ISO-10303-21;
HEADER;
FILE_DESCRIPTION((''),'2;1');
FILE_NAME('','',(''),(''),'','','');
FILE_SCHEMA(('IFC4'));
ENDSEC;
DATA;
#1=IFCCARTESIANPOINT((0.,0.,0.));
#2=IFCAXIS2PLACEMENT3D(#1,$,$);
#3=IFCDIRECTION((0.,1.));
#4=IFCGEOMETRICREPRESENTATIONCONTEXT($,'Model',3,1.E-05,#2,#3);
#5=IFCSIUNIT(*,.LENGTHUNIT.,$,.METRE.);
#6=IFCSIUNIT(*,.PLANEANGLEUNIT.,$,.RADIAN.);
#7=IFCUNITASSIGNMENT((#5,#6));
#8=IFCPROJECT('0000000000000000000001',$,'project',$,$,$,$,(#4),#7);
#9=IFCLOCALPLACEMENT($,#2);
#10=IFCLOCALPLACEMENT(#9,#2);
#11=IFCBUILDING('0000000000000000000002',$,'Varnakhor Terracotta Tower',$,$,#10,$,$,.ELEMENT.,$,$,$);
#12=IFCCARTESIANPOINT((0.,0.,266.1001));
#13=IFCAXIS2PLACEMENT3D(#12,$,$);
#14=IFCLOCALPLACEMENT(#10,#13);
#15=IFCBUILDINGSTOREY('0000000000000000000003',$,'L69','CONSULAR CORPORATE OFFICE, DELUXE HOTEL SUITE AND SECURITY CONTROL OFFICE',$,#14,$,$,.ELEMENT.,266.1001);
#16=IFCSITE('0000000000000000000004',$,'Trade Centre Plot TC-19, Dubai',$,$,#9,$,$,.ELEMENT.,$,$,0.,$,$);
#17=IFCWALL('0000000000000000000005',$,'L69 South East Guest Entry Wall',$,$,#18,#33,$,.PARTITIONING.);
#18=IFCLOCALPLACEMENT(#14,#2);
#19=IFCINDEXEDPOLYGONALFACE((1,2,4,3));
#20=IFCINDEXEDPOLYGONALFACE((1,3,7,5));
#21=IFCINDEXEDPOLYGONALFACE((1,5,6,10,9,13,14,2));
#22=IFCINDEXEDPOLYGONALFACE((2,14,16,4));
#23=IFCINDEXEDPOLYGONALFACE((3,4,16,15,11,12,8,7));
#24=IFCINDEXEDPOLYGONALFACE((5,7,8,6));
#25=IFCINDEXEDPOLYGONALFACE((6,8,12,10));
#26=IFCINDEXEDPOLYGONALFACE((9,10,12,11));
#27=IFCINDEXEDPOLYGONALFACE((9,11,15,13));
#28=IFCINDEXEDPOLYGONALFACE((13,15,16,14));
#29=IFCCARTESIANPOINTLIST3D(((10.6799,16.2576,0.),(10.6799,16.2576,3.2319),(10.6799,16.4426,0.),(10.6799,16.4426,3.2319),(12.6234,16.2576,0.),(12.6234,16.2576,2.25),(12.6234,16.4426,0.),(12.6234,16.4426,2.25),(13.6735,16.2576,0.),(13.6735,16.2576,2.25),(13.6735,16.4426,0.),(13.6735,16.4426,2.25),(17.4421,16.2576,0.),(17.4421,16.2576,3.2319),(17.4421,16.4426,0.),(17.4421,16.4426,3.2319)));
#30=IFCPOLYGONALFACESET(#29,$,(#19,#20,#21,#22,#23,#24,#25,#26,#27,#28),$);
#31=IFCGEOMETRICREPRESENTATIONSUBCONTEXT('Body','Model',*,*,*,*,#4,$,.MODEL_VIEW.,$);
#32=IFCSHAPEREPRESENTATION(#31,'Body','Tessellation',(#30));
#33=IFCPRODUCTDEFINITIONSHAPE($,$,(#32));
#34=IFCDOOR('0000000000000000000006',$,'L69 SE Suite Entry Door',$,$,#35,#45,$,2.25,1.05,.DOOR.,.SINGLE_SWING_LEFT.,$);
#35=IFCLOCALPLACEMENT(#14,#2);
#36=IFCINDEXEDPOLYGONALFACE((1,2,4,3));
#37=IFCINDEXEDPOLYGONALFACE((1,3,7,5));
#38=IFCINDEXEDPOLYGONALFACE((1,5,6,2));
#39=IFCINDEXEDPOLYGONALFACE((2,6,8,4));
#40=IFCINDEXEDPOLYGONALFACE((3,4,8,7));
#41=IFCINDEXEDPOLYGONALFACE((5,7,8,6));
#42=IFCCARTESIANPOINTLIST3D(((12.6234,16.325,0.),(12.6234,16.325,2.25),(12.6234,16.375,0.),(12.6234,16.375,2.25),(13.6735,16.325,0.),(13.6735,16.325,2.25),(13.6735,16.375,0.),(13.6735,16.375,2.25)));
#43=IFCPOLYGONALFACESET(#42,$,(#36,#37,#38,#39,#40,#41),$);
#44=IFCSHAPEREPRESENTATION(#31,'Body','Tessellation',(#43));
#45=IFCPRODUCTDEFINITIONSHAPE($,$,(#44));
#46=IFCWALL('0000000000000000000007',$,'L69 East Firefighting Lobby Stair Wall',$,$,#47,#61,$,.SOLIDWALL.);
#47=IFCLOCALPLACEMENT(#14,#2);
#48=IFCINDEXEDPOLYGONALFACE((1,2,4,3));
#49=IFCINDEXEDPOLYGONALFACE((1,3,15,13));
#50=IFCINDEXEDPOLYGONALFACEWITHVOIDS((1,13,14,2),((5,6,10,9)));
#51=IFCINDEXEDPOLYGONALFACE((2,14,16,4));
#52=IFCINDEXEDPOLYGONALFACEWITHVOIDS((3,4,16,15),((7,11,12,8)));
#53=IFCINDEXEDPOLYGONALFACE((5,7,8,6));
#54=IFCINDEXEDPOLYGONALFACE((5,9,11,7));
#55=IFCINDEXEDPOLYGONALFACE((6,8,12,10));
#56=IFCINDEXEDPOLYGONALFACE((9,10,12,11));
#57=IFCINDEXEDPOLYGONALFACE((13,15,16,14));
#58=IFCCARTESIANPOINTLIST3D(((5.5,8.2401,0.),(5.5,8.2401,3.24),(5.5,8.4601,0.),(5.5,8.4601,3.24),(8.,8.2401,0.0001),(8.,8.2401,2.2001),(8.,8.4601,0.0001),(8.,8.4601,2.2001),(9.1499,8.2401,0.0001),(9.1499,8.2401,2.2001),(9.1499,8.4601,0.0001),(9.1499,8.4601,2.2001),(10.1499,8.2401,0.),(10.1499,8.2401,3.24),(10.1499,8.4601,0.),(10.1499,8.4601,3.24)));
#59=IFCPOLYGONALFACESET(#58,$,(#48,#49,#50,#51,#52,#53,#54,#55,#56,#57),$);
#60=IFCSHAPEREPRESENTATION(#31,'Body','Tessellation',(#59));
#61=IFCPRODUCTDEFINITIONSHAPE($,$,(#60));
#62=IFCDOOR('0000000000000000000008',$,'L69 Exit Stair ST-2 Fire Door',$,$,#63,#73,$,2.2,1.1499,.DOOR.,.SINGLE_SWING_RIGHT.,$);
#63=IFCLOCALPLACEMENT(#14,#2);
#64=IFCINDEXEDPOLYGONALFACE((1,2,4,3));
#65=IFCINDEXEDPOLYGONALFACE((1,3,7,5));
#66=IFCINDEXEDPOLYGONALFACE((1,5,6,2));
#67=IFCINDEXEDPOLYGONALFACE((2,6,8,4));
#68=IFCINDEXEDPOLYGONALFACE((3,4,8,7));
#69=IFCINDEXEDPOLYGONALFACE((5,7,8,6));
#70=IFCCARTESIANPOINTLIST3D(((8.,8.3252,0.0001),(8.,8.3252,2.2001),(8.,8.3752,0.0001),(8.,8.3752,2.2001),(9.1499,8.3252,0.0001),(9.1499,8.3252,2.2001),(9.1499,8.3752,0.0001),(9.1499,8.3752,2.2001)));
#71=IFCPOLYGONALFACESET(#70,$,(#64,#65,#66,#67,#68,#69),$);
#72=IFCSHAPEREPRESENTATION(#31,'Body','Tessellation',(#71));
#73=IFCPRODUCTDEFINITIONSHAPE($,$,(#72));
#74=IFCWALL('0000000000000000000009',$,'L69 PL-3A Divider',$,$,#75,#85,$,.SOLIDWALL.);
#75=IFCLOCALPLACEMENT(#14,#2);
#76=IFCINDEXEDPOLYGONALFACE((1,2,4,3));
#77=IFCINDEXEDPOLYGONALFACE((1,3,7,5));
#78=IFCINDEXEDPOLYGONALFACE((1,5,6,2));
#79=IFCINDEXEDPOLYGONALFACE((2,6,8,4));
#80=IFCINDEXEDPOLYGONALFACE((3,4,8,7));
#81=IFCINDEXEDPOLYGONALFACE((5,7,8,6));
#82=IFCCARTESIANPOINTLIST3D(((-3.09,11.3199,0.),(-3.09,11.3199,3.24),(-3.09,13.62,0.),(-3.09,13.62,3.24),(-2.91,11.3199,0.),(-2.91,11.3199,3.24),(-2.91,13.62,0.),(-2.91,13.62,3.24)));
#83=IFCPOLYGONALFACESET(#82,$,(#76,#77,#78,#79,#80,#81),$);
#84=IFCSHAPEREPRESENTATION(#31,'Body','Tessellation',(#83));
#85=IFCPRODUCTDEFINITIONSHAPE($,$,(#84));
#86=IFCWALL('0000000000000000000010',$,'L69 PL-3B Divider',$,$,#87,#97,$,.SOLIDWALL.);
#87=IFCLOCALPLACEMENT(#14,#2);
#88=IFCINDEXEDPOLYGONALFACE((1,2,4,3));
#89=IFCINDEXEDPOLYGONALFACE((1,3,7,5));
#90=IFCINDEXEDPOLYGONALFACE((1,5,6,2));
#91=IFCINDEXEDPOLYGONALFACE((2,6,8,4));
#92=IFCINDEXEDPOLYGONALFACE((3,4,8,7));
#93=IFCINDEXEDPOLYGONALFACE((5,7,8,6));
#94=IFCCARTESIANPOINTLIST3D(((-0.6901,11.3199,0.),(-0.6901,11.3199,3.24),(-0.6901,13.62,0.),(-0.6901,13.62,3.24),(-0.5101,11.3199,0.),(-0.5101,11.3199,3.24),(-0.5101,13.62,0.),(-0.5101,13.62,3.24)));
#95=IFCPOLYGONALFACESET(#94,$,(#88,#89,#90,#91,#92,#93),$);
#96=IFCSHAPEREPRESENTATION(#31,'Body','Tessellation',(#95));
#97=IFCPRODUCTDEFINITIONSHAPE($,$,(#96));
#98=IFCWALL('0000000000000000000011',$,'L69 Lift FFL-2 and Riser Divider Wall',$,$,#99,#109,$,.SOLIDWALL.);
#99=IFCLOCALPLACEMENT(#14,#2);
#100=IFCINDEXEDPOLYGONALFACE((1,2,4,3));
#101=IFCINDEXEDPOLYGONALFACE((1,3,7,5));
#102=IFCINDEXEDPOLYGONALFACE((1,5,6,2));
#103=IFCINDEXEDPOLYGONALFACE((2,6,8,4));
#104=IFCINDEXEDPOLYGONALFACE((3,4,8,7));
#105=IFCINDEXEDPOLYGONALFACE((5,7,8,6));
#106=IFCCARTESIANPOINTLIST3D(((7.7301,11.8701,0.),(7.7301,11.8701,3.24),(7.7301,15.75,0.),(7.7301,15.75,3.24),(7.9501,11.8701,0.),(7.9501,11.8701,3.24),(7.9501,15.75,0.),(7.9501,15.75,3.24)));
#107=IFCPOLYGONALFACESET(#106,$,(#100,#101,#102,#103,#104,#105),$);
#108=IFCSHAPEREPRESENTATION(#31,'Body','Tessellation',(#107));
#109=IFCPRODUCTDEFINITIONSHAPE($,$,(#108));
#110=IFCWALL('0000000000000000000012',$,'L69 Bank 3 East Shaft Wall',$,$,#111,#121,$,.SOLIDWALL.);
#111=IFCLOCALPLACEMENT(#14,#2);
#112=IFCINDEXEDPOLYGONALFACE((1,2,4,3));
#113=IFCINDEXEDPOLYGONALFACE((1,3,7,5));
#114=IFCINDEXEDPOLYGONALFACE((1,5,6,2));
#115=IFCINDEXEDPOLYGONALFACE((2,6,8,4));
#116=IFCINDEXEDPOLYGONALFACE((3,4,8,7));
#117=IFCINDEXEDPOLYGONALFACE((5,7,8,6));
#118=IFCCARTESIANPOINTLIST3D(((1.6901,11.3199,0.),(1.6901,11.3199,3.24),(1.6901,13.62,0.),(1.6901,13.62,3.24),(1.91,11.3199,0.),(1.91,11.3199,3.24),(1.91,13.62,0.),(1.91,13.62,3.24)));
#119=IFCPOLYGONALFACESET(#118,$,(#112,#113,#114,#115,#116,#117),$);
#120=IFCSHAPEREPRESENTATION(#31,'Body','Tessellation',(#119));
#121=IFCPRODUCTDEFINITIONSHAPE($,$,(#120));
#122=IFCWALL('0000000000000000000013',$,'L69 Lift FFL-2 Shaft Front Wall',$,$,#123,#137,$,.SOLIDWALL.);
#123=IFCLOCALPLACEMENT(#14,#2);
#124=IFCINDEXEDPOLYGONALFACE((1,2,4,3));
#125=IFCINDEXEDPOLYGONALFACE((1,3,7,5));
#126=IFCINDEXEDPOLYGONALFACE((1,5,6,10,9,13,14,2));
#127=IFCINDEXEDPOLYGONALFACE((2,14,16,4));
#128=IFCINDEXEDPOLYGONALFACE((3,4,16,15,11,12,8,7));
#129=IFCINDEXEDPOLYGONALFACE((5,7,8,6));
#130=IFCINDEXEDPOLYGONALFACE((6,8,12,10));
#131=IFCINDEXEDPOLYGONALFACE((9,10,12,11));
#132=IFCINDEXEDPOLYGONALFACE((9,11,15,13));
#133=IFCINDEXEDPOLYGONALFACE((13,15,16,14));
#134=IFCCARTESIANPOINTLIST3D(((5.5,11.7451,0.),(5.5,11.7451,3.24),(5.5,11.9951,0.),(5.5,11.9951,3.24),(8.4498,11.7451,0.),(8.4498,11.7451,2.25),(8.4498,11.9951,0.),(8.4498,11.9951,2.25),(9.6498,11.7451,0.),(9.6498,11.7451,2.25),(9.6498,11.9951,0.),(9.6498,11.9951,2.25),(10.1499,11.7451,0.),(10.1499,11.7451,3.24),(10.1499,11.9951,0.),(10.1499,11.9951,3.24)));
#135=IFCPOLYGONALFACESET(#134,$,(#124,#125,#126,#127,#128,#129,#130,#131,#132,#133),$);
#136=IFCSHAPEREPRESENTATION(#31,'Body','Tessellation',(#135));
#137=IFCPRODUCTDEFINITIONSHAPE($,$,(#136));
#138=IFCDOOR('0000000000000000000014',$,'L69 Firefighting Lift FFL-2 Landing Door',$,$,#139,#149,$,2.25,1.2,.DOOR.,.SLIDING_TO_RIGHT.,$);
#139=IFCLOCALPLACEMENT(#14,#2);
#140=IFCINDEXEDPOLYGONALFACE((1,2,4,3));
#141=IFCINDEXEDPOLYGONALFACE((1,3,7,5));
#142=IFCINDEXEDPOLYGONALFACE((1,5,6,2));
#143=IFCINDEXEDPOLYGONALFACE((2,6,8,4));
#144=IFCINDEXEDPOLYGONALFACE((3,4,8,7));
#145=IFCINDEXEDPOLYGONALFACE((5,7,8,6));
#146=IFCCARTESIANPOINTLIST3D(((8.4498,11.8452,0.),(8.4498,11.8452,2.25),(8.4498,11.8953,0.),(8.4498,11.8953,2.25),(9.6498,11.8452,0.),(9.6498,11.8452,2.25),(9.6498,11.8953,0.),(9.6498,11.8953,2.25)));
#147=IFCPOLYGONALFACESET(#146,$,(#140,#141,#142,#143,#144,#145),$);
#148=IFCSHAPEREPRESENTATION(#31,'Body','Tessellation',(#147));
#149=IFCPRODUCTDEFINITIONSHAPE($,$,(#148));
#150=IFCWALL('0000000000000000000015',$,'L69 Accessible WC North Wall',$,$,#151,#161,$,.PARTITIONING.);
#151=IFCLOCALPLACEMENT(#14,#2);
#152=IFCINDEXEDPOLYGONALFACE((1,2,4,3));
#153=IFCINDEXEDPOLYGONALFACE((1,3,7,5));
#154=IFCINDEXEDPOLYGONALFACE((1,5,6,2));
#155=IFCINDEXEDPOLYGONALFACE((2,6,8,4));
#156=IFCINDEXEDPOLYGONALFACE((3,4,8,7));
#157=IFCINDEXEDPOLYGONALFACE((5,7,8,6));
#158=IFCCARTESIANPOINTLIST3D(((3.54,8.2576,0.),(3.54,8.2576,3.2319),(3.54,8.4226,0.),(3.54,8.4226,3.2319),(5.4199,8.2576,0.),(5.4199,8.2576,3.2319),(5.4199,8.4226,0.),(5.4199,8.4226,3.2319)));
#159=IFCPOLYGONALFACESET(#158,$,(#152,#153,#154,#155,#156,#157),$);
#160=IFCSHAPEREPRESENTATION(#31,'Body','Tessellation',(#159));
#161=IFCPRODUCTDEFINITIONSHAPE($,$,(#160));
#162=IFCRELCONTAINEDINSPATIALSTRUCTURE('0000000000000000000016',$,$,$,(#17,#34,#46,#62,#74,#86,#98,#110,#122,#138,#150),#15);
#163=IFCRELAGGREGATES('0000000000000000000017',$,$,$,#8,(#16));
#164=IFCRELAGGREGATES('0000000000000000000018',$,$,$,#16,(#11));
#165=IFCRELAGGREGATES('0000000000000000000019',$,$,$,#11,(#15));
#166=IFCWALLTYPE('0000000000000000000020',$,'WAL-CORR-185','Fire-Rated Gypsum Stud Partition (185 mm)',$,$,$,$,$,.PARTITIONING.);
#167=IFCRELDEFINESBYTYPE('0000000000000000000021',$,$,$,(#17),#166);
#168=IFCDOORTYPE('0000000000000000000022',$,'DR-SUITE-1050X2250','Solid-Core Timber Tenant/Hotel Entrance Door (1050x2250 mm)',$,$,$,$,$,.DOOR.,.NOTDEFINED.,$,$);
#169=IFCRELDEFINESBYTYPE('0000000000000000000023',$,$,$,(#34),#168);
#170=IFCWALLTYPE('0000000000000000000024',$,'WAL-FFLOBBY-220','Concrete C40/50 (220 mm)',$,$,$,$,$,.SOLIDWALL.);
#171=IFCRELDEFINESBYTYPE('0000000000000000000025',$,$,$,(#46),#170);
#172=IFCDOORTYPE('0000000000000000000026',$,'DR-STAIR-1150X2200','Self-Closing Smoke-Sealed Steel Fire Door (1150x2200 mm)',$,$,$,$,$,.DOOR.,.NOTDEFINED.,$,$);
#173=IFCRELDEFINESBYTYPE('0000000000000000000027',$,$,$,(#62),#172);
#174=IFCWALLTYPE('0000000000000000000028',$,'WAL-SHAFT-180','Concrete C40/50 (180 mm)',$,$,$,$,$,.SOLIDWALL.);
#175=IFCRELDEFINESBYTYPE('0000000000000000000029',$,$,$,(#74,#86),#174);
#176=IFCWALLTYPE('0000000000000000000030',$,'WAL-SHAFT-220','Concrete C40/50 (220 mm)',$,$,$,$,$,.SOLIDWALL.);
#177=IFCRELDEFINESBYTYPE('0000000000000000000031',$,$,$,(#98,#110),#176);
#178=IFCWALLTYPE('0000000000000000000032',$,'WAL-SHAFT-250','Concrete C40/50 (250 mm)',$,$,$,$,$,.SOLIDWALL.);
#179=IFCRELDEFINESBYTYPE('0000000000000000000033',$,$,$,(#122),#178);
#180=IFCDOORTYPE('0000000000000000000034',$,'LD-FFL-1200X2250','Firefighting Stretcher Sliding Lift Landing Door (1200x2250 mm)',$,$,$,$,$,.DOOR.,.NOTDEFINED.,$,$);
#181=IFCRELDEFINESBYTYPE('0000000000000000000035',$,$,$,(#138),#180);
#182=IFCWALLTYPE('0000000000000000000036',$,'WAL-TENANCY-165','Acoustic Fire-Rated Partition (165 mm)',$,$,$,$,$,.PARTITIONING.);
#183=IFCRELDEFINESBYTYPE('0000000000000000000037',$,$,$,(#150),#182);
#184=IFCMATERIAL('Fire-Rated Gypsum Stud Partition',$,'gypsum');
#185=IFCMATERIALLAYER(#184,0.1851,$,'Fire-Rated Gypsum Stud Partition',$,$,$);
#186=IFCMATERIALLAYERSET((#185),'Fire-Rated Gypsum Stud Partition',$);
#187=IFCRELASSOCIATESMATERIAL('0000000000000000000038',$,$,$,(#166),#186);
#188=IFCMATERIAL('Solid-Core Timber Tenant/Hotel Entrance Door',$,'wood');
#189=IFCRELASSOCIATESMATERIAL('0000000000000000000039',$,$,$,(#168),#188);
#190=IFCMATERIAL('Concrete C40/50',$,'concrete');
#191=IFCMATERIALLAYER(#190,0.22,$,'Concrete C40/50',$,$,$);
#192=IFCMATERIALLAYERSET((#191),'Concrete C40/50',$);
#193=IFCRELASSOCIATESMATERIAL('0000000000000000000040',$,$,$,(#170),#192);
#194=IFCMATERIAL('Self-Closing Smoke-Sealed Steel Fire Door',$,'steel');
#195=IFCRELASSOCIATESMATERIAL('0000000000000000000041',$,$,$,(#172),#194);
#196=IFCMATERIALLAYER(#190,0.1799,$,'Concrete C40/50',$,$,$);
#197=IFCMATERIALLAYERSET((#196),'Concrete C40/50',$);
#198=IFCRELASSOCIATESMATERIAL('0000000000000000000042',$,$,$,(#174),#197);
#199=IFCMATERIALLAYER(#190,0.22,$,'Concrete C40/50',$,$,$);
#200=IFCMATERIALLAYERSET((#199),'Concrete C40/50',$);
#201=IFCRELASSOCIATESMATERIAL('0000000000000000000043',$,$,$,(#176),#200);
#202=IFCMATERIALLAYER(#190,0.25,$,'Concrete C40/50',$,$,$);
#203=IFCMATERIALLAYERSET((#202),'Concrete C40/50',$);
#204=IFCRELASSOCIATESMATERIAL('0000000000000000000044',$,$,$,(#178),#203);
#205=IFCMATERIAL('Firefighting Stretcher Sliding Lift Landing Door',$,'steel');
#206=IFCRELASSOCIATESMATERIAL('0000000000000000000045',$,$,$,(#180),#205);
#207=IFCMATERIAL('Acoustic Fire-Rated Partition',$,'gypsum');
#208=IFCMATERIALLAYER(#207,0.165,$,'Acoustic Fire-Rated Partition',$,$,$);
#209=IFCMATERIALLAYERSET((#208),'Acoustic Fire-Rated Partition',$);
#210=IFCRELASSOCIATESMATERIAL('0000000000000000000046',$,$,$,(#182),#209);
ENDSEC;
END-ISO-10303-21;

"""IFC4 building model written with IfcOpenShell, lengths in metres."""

from ifc_helpers import new_model, si_unit, direction, frame, frame_2d, origin, place, context, subcontext, project, spatial, rectangle, extrude, source, transform, mapped, material, layer, layer_set, type_object, type_shapes, element, fill, save


model = new_model("IFC4")

# Units and contexts
model_context = context("Model", 3, precision=1e-05, world=origin(), true_north=direction((0.0, 1.0)))
body_context = subcontext(model_context, "Body", "Model", "MODEL_VIEW")
ifc_project = project(units=[si_unit("LENGTHUNIT", "METRE"), si_unit("PLANEANGLEUNIT", "RADIAN")], contexts=[model_context])

# Site, building, storey
site_placement = place(None, origin())
site = spatial("IfcSite", under=ifc_project, at=site_placement, Name="Trade Centre Plot TC-19, Dubai", CompositionType="ELEMENT", RefElevation=0.0)
building_placement = place(site_placement, origin())
building = spatial("IfcBuilding", under=site, at=building_placement, Name="Varnakhor Terracotta Tower", CompositionType="ELEMENT")
storey_placement = place(building_placement, frame((0.0, 0.0, 266.1001)))
storey = spatial("IfcBuildingStorey", under=building, at=storey_placement, Name="L69", Description="CONSULAR CORPORATE OFFICE, DELUXE HOTEL SUITE AND SECURITY CONTROL OFFICE", CompositionType="ELEMENT", Elevation=266.1001)

# Shared definitions
ifc_material_1 = material(Name="Fire-Rated Gypsum Stud Partition", Category="gypsum")
ifc_layer_1 = layer(ifc_material_1, 0.1851, Name="Fire-Rated Gypsum Stud Partition")
ifc_layer_set_1 = layer_set([ifc_layer_1], Name="Fire-Rated Gypsum Stud Partition")
wall_type_1 = type_object("IfcWallType", Name="WAL-CORR-185", Description="Fire-Rated Gypsum Stud Partition (185 mm)", PredefinedType="PARTITIONING", material=ifc_layer_set_1)

# Walls, openings, doors
ifc_material_2 = material(Name="Solid-Core Timber Tenant/Hotel Entrance Door", Category="wood")
door_type_1 = type_object("IfcDoorType", Name="DR-SUITE-1050X2250", Description="Solid-Core Timber Tenant/Hotel Entrance Door (1050x2250 mm)", OperationType="NOTDEFINED", PredefinedType="DOOR", material=ifc_material_2)
shared_shape_1 = source(origin(), body_context, "Body", "SweptSolid", [
    extrude(rectangle(XDim=1.05, YDim=2.25, at=frame_2d((0.5249, 1.125))), frame((0.0, 0.0249, 0.0), z_axis=(0.0, -1.0, 0.0), x_axis=(1.0, 0.0, 0.0)), (0.0, 0.0, 1.0), 0.05),
])
type_shapes(door_type_1, [shared_shape_1])
wall_1_placement = place(storey_placement, frame((10.6799, 16.3501, 0.0), z_axis=(0.0, 0.0, 1.0), x_axis=(1.0, 0.0, 0.0)))
wall_1 = element("IfcWall", 1, at=wall_1_placement, inside=storey, type_object=wall_type_1, Name="L69 South East Guest Entry Wall", PredefinedType="PARTITIONING", context=body_context, shape_type="SweptSolid", body=[
    extrude(rectangle(XDim=6.7622, YDim=0.1851, at=frame_2d((3.3811, 0.0))), origin(), (0.0, 0.0, 1.0), 3.2319),
])
opening_1_placement = place(wall_1_placement, frame((1.9436, 0.0, 0.0)))
opening_1 = element("IfcOpeningElement", 2, at=opening_1_placement, cuts=wall_1, PredefinedType="OPENING", context=body_context, shape_type="SweptSolid", body=[
    extrude(rectangle(XDim=1.05, YDim=2.25, at=frame_2d((0.5249, 1.125))), frame((0.0, 0.1025, 0.0), z_axis=(0.0, -1.0, 0.0), x_axis=(1.0, 0.0, 0.0)), (0.0, 0.0, 1.0), 0.2051),
])
door_1_placement = place(opening_1_placement, origin())
door_1 = element("IfcDoor", 3, at=door_1_placement, inside=storey, type_object=door_type_1, Name="L69 SE Suite Entry Door", OperationType="SINGLE_SWING_LEFT", OverallHeight=2.25, OverallWidth=1.05, PredefinedType="DOOR", context=body_context, shape_type="MappedRepresentation", body=[
    mapped(shared_shape_1, transform((0.0, 0.0, 0.0), scale=1.0)),
])
fill(opening_1, door_1)
ifc_material_3 = material(Name="Concrete C40/50", Category="concrete")
ifc_layer_2 = layer(ifc_material_3, 0.22, Name="Concrete C40/50")
ifc_layer_set_2 = layer_set([ifc_layer_2], Name="Concrete C40/50")
wall_type_2 = type_object("IfcWallType", Name="WAL-FFLOBBY-220", Description="Concrete C40/50 (220 mm)", PredefinedType="SOLIDWALL", material=ifc_layer_set_2)
wall_2_placement = place(storey_placement, frame((10.1499, 8.3501, 0.0), z_axis=(0.0, 0.0, 1.0), x_axis=(-1.0, 0.0, 0.0)))
wall_2 = element("IfcWall", 4, at=wall_2_placement, inside=storey, type_object=wall_type_2, Name="L69 East Firefighting Lobby Stair Wall", PredefinedType="SOLIDWALL", context=body_context, shape_type="SweptSolid", body=[
    extrude(rectangle(XDim=4.6499, YDim=0.22, at=frame_2d((2.325, 0.0))), origin(), (0.0, 0.0, 1.0), 3.24),
])
opening_2_placement = place(wall_2_placement, frame((1.0, 0.0, 0.0)))
opening_2 = element("IfcOpeningElement", 5, at=opening_2_placement, cuts=wall_2, PredefinedType="OPENING", context=body_context, shape_type="SweptSolid", body=[
    extrude(rectangle(XDim=1.1499, YDim=2.2, at=frame_2d((0.575, 1.1001))), frame((0.0, 0.1201, 0.0), z_axis=(0.0, -1.0, 0.0), x_axis=(1.0, 0.0, 0.0)), (0.0, 0.0, 1.0), 0.24),
])
ifc_material_4 = material(Name="Self-Closing Smoke-Sealed Steel Fire Door", Category="steel")
door_type_2 = type_object("IfcDoorType", Name="DR-STAIR-1150X2200", Description="Self-Closing Smoke-Sealed Steel Fire Door (1150x2200 mm)", OperationType="NOTDEFINED", PredefinedType="DOOR", material=ifc_material_4)
shared_shape_2 = source(origin(), body_context, "Body", "SweptSolid", [
    extrude(rectangle(XDim=1.1499, YDim=2.2, at=frame_2d((0.575, 1.1001))), frame((0.0, 0.0249, 0.0), z_axis=(0.0, -1.0, 0.0), x_axis=(1.0, 0.0, 0.0)), (0.0, 0.0, 1.0), 0.05),
])
type_shapes(door_type_2, [shared_shape_2])
door_2_placement = place(opening_2_placement, origin())
door_2 = element("IfcDoor", 6, at=door_2_placement, inside=storey, type_object=door_type_2, Name="L69 Exit Stair ST-2 Fire Door", OperationType="SINGLE_SWING_RIGHT", OverallHeight=2.2, OverallWidth=1.1499, PredefinedType="DOOR", context=body_context, shape_type="MappedRepresentation", body=[
    mapped(shared_shape_2, transform((0.0, 0.0, 0.0), scale=1.0)),
])
fill(opening_2, door_2)

# Walls
ifc_layer_3 = layer(ifc_material_3, 0.1799, Name="Concrete C40/50")
ifc_layer_set_3 = layer_set([ifc_layer_3], Name="Concrete C40/50")
wall_type_3 = type_object("IfcWallType", Name="WAL-SHAFT-180", Description="Concrete C40/50 (180 mm)", PredefinedType="SOLIDWALL", material=ifc_layer_set_3)
for number, where, z_axis, x_axis, name in (
    (7, (-3.0, 11.3201, 0.0), (0.0, 0.0, 1.0), (0.0, 1.0, 0.0), "L69 PL-3A Divider"),
    (8, (-0.6001, 11.3201, 0.0), (0.0, 0.0, 1.0), (0.0, 1.0, 0.0), "L69 PL-3B Divider"),
):
    element("IfcWall", number, at=place(storey_placement, frame(where, z_axis=z_axis, x_axis=x_axis)), inside=storey, type_object=wall_type_3, Name=name, PredefinedType="SOLIDWALL", context=body_context, shape_type="SweptSolid", body=[
        extrude(rectangle(XDim=2.3, YDim=0.1799, at=frame_2d((1.1499, 0.0))), origin(), (0.0, 0.0, 1.0), 3.24),
    ])
ifc_layer_4 = layer(ifc_material_3, 0.22, Name="Concrete C40/50")
ifc_layer_set_4 = layer_set([ifc_layer_4], Name="Concrete C40/50")
wall_type_4 = type_object("IfcWallType", Name="WAL-SHAFT-220", Description="Concrete C40/50 (220 mm)", PredefinedType="SOLIDWALL", material=ifc_layer_set_4)
wall_3_placement = place(storey_placement, frame((7.8401, 11.8701, 0.0), z_axis=(0.0, 0.0, 1.0), x_axis=(0.0, 1.0, 0.0)))
element("IfcWall", 9, at=wall_3_placement, inside=storey, type_object=wall_type_4, Name="L69 Lift FFL-2 and Riser Divider Wall", PredefinedType="SOLIDWALL", context=body_context, shape_type="SweptSolid", body=[
    extrude(rectangle(XDim=3.8799, YDim=0.22, at=frame_2d((1.9399, 0.0))), origin(), (0.0, 0.0, 1.0), 3.24),
])
wall_4_placement = place(storey_placement, frame((1.8, 11.3201, 0.0), z_axis=(0.0, 0.0, 1.0), x_axis=(0.0, 1.0, 0.0)))
element("IfcWall", 10, at=wall_4_placement, inside=storey, type_object=wall_type_4, Name="L69 Bank 3 East Shaft Wall", PredefinedType="SOLIDWALL", context=body_context, shape_type="SweptSolid", body=[
    extrude(rectangle(XDim=2.3, YDim=0.22, at=frame_2d((1.1499, 0.0))), origin(), (0.0, 0.0, 1.0), 3.24),
])

# Wall, opening, door
ifc_layer_5 = layer(ifc_material_3, 0.25, Name="Concrete C40/50")
ifc_layer_set_5 = layer_set([ifc_layer_5], Name="Concrete C40/50")
wall_type_5 = type_object("IfcWallType", Name="WAL-SHAFT-250", Description="Concrete C40/50 (250 mm)", PredefinedType="SOLIDWALL", material=ifc_layer_set_5)
wall_5_placement = place(storey_placement, frame((10.1499, 11.8701, 0.0), z_axis=(0.0, 0.0, 1.0), x_axis=(-1.0, 0.0, 0.0)))
wall_5 = element("IfcWall", 11, at=wall_5_placement, inside=storey, type_object=wall_type_5, Name="L69 Lift FFL-2 Shaft Front Wall", PredefinedType="SOLIDWALL", context=body_context, shape_type="SweptSolid", body=[
    extrude(rectangle(XDim=4.6499, YDim=0.25, at=frame_2d((2.325, 0.0))), origin(), (0.0, 0.0, 1.0), 3.24),
])
opening_3_placement = place(wall_5_placement, frame((0.5, 0.0, 0.0)))
opening_3 = element("IfcOpeningElement", 12, at=opening_3_placement, cuts=wall_5, PredefinedType="OPENING", context=body_context, shape_type="SweptSolid", body=[
    extrude(rectangle(XDim=1.2, YDim=2.25, at=frame_2d((0.6001, 1.125))), frame((0.0, 0.135, 0.0), z_axis=(0.0, -1.0, 0.0), x_axis=(1.0, 0.0, 0.0)), (0.0, 0.0, 1.0), 0.27),
])
ifc_material_5 = material(Name="Firefighting Stretcher Sliding Lift Landing Door", Category="steel")
door_type_3 = type_object("IfcDoorType", Name="LD-FFL-1200X2250", Description="Firefighting Stretcher Sliding Lift Landing Door (1200x2250 mm)", OperationType="NOTDEFINED", PredefinedType="DOOR", material=ifc_material_5)
shared_shape_3 = source(origin(), body_context, "Body", "SweptSolid", [
    extrude(rectangle(XDim=1.2, YDim=2.25, at=frame_2d((0.6001, 1.125))), frame((0.0, 0.0249, 0.0), z_axis=(0.0, -1.0, 0.0), x_axis=(1.0, 0.0, 0.0)), (0.0, 0.0, 1.0), 0.05),
])
type_shapes(door_type_3, [shared_shape_3])
door_3_placement = place(opening_3_placement, origin())
door_3 = element("IfcDoor", 13, at=door_3_placement, inside=storey, type_object=door_type_3, Name="L69 Firefighting Lift FFL-2 Landing Door", OperationType="SLIDING_TO_RIGHT", OverallHeight=2.25, OverallWidth=1.2, PredefinedType="DOOR", context=body_context, shape_type="MappedRepresentation", body=[
    mapped(shared_shape_3, transform((0.0, 0.0, 0.0), scale=1.0)),
])
fill(opening_3, door_3)

# Wall
ifc_material_6 = material(Name="Acoustic Fire-Rated Partition", Category="gypsum")
ifc_layer_6 = layer(ifc_material_6, 0.165, Name="Acoustic Fire-Rated Partition")
ifc_layer_set_6 = layer_set([ifc_layer_6], Name="Acoustic Fire-Rated Partition")
wall_type_6 = type_object("IfcWallType", Name="WAL-TENANCY-165", Description="Acoustic Fire-Rated Partition (165 mm)", PredefinedType="PARTITIONING", material=ifc_layer_set_6)
wall_6_placement = place(storey_placement, frame((3.54, 8.3401, 0.0), z_axis=(0.0, 0.0, 1.0), x_axis=(1.0, 0.0, 0.0)))
element("IfcWall", 14, at=wall_6_placement, inside=storey, type_object=wall_type_6, Name="L69 Accessible WC North Wall", PredefinedType="PARTITIONING", context=body_context, shape_type="SweptSolid", body=[
    extrude(rectangle(XDim=1.8799, YDim=0.165, at=frame_2d((0.9399, 0.0))), origin(), (0.0, 0.0, 1.0), 3.2319),
])

save(model, "model.ifc")
